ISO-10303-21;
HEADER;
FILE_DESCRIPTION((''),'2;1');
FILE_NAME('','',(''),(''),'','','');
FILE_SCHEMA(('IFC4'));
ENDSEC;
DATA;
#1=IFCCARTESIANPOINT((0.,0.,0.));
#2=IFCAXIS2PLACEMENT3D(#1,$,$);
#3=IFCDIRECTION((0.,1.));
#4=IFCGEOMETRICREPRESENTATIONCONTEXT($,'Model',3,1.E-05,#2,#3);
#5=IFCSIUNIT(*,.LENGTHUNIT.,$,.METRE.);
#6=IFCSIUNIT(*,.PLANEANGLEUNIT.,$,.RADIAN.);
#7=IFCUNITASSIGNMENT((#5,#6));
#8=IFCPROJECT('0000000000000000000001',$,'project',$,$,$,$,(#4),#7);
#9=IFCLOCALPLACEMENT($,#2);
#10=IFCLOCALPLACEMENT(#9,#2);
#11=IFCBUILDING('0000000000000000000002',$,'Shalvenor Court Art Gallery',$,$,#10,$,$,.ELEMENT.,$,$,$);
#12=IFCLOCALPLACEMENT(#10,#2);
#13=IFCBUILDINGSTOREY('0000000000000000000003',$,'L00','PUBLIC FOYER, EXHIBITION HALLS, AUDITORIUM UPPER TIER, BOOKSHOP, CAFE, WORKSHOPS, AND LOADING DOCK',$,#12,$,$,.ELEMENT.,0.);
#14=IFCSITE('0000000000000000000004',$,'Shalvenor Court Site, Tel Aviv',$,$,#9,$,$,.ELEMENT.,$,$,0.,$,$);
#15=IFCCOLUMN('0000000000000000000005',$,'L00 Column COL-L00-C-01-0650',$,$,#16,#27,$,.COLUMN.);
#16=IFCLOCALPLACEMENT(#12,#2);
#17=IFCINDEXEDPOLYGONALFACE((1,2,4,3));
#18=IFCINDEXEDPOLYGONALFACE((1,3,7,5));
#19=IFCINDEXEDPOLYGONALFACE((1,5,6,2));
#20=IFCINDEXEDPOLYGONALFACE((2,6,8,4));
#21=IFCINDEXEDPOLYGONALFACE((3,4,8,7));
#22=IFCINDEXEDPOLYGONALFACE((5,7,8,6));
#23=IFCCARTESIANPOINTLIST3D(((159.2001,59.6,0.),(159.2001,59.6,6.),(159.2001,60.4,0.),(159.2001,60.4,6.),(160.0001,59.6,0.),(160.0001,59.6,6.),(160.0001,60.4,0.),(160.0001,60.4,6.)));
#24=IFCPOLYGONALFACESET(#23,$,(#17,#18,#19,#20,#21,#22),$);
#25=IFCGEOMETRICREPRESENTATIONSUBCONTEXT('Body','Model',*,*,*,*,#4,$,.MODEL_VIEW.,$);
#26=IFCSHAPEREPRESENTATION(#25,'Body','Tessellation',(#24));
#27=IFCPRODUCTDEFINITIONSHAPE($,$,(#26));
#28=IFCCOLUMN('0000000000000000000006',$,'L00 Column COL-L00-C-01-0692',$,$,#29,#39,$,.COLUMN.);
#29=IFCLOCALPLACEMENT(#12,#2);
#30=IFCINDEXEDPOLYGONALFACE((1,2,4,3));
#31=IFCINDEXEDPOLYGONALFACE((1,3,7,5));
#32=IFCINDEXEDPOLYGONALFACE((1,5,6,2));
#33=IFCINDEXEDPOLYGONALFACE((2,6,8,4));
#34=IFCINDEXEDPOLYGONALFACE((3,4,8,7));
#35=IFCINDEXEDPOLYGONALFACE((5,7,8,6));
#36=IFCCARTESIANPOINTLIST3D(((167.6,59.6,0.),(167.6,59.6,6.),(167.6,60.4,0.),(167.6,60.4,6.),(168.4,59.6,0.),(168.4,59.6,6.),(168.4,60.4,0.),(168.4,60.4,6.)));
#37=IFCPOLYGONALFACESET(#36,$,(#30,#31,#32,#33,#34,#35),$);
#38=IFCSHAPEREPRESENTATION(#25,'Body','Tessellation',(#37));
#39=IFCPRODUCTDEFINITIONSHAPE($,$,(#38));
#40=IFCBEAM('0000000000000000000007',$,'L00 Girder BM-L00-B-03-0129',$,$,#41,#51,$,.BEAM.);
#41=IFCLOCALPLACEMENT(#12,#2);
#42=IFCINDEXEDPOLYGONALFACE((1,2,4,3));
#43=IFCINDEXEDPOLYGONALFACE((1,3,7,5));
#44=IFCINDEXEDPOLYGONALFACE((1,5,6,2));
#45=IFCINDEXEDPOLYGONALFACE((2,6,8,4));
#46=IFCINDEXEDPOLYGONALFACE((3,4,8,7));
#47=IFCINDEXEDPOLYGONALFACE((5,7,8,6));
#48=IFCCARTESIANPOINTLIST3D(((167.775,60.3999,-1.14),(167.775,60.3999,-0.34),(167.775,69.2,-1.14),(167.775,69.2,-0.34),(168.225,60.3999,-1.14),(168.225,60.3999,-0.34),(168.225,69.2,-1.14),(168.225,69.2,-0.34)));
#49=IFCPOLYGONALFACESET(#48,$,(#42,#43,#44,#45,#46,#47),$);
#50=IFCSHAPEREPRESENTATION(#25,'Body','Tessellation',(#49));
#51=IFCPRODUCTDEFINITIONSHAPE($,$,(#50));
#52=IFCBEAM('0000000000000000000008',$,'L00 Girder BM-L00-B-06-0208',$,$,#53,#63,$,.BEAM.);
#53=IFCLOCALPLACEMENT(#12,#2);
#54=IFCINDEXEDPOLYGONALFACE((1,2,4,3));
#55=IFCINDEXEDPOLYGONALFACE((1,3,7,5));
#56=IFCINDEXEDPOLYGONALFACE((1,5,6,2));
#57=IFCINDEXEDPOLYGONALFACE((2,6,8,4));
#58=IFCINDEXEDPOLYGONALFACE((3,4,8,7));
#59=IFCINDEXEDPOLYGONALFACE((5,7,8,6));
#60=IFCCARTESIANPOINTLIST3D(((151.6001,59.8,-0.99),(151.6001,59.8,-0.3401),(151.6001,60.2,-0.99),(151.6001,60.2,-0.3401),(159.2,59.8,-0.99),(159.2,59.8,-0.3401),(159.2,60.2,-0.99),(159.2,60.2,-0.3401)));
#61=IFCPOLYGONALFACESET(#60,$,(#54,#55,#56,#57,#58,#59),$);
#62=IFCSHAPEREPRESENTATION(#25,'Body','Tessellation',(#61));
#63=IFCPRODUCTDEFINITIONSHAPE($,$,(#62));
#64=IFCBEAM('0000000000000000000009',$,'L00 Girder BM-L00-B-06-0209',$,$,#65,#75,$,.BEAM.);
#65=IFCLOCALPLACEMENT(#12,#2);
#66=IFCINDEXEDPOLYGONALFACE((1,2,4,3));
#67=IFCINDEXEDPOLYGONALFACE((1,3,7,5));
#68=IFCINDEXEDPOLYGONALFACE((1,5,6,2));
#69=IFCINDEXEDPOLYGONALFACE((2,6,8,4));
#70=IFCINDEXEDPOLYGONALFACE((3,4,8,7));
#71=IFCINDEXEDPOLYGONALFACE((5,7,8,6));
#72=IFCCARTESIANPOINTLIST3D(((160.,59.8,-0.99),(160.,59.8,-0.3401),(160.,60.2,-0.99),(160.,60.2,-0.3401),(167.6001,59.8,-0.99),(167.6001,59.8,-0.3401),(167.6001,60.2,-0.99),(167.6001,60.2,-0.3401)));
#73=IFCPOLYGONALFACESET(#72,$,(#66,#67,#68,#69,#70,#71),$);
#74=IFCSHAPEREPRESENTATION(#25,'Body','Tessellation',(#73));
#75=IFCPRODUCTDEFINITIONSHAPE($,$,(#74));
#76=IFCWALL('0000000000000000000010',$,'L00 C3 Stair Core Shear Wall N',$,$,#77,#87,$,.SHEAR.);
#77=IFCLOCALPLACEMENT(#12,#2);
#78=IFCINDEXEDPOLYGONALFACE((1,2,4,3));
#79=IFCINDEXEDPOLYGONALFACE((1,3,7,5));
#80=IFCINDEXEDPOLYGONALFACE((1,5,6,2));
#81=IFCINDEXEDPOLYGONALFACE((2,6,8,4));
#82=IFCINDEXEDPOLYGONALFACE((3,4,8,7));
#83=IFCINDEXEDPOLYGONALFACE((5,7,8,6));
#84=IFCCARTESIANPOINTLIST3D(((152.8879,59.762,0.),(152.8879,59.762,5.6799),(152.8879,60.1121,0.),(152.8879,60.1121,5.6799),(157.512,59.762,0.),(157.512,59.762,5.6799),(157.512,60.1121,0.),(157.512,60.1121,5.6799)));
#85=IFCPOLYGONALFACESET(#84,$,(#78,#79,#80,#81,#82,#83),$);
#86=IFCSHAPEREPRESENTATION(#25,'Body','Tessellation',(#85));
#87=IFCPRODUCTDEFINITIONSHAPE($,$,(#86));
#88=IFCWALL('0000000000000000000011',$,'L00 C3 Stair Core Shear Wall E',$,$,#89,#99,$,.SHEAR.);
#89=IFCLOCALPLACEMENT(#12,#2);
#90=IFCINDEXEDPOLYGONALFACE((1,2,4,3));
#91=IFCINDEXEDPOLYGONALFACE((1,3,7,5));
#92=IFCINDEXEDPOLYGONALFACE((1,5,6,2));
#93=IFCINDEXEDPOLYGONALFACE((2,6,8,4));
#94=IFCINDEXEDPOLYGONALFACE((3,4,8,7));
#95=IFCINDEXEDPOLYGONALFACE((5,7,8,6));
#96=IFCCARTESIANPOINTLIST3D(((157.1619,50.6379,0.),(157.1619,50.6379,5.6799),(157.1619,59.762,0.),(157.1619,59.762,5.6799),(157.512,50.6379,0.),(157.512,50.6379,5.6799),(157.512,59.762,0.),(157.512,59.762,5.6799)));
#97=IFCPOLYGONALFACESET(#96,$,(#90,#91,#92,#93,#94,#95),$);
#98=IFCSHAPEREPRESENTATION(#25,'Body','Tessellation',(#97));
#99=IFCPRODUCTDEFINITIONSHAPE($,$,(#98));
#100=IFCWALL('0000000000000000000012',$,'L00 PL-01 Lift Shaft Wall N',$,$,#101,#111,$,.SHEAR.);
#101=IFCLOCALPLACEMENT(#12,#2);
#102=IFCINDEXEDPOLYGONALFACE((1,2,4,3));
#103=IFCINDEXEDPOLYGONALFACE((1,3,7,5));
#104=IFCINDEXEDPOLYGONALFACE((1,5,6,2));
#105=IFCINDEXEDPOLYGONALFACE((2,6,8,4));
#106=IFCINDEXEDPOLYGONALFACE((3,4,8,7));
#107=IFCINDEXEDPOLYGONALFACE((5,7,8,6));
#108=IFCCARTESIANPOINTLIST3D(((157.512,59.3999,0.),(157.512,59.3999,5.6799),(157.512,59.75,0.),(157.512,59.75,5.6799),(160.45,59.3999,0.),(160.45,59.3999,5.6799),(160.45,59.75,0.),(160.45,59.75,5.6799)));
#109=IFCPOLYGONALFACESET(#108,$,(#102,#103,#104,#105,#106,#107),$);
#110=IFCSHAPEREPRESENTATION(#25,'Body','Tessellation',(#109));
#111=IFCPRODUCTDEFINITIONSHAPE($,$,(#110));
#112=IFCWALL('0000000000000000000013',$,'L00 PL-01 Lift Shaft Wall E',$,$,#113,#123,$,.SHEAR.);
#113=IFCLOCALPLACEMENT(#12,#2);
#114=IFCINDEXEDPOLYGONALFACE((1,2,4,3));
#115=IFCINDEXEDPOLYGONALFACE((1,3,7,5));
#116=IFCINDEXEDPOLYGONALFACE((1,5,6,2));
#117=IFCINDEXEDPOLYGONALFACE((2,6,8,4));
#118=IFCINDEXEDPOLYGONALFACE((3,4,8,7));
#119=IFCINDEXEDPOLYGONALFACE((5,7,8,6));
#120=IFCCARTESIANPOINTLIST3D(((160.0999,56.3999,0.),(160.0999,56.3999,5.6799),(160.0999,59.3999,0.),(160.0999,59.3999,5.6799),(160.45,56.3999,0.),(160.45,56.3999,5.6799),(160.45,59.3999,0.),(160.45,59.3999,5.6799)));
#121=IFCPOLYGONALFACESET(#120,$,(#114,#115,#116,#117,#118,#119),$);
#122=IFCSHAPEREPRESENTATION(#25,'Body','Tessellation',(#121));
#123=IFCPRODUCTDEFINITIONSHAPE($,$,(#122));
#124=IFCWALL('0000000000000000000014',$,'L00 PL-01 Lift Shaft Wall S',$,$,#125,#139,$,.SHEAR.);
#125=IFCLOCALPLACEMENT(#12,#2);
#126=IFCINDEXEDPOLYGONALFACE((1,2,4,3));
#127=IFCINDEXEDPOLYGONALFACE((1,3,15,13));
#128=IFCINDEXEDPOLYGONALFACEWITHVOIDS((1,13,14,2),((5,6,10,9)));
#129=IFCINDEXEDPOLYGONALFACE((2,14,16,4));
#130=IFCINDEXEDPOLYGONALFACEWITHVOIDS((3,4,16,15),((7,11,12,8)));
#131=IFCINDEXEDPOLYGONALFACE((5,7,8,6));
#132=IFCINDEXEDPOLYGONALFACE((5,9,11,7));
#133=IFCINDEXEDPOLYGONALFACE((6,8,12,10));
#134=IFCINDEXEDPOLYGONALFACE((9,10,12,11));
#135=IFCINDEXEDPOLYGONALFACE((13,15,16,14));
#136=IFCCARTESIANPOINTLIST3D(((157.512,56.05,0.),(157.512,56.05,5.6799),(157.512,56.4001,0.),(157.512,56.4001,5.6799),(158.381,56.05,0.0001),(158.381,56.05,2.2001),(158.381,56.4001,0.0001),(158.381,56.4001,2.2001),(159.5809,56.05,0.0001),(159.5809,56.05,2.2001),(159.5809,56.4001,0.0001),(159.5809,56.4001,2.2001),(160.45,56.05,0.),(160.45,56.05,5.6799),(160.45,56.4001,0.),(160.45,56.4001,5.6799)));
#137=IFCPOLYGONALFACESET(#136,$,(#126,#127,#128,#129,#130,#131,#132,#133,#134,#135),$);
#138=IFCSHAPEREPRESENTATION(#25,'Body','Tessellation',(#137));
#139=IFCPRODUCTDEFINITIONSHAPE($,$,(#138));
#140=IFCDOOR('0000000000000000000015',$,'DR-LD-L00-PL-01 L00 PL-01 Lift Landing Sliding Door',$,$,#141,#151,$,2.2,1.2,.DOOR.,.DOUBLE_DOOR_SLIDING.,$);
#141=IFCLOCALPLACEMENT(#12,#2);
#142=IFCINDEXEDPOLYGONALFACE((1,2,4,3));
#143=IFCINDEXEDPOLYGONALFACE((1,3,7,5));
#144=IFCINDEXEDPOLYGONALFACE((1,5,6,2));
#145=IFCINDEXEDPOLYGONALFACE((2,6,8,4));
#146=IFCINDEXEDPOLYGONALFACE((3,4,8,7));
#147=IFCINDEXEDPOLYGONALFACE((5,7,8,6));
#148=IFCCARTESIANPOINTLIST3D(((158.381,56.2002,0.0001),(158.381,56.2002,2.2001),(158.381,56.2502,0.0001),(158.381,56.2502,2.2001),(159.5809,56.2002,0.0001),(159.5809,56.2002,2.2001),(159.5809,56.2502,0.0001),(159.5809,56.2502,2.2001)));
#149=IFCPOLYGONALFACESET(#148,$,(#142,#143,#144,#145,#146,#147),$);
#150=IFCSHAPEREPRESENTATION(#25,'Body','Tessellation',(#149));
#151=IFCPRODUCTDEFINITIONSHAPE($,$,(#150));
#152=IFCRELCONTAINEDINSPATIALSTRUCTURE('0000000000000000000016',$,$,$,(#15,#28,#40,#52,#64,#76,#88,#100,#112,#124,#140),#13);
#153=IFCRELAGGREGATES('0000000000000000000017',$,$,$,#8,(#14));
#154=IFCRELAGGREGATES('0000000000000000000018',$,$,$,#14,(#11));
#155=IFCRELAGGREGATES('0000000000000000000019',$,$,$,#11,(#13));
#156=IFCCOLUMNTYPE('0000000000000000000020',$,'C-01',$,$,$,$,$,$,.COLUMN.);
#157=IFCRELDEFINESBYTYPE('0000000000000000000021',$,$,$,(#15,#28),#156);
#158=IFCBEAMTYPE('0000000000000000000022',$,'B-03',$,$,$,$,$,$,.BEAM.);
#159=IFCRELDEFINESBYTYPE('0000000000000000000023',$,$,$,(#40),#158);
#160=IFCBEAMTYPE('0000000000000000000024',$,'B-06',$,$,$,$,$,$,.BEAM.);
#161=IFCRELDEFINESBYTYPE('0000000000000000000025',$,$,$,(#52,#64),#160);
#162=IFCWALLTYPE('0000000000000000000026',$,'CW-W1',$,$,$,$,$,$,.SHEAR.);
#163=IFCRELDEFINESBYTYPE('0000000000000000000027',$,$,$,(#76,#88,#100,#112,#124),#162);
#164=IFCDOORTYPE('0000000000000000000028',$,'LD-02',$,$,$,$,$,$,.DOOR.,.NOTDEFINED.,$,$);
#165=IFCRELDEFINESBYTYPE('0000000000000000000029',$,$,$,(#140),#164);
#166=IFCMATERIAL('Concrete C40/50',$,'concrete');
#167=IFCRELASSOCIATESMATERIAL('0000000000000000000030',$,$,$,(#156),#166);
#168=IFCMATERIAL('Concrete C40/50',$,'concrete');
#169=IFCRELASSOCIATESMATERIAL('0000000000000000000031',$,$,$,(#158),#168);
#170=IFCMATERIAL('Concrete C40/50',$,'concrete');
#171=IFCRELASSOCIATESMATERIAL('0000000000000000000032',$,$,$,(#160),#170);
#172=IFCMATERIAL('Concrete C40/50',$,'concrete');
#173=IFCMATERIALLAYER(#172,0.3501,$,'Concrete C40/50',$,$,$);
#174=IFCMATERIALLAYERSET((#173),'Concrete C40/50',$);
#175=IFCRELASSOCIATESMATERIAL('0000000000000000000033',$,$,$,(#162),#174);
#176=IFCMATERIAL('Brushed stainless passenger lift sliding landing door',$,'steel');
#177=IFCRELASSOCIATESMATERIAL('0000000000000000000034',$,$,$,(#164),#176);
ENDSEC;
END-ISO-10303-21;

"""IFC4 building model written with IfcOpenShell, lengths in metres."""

from ifc_helpers import new_model, si_unit, direction, frame, frame_2d, origin, origin_2d, place, context, subcontext, project, spatial, rectangle, extrude, material, layer, layer_set, material_profile, profile_set, type_object, element, fill, save


model = new_model("IFC4")

# Units and contexts
model_context = context("Model", 3, precision=1e-05, world=origin(), true_north=direction((0.0, 1.0)))
body_context = subcontext(model_context, "Body", "Model", "MODEL_VIEW")
ifc_project = project(units=[si_unit("LENGTHUNIT", "METRE"), si_unit("PLANEANGLEUNIT", "RADIAN")], contexts=[model_context])

# Site, building, storey
site_placement = place(None, origin())
site = spatial("IfcSite", under=ifc_project, at=site_placement, Name="Shalvenor Court Site, Tel Aviv", CompositionType="ELEMENT", RefElevation=0.0)
building_placement = place(site_placement, origin())
building = spatial("IfcBuilding", under=site, at=building_placement, Name="Shalvenor Court Art Gallery", CompositionType="ELEMENT")
storey_placement = place(building_placement, origin())
storey = spatial("IfcBuildingStorey", under=building, at=storey_placement, Name="L00", Description="PUBLIC FOYER, EXHIBITION HALLS, AUDITORIUM UPPER TIER, BOOKSHOP, CAFE, WORKSHOPS, AND LOADING DOCK", CompositionType="ELEMENT", Elevation=0.0)

# Columns
ifc_material_1 = material(Name="Concrete C40/50", Category="concrete")
ifc_material_profile_1 = material_profile(ifc_material_1, rectangle(XDim=0.8, YDim=0.8, at=origin_2d()), Name="RC 800x800")
ifc_profile_set_1 = profile_set([ifc_material_profile_1], Name="Concrete C40/50")
column_type = type_object("IfcColumnType", Name="C-01", PredefinedType="COLUMN", material=ifc_profile_set_1)
for number, where, z_axis, x_axis, name in (
    (1, (159.6001, 60.0, 0.0), (0.0, 0.0, 1.0), (1.0, 0.0, 0.0), "L00 Column COL-L00-C-01-0650"),
    (2, (168.0, 60.0, 0.0), (0.0, 0.0, 1.0), (1.0, 0.0, 0.0), "L00 Column COL-L00-C-01-0692"),
):
    element("IfcColumn", number, at=place(storey_placement, frame(where, z_axis=z_axis, x_axis=x_axis)), inside=storey, type_object=column_type, Name=name, PredefinedType="COLUMN", context=body_context, shape_type="SweptSolid", body=[
        extrude(rectangle(XDim=0.8, YDim=0.8, at=origin_2d()), origin(), (0.0, 0.0, 1.0), 6.0),
    ])

# Beams
ifc_material_2 = material(Name="Concrete C40/50", Category="concrete")
ifc_material_profile_2 = material_profile(ifc_material_2, rectangle(XDim=0.45, YDim=0.8, at=origin_2d()), Name="RC 450x800")
ifc_profile_set_2 = profile_set([ifc_material_profile_2], Name="Concrete C40/50")
beam_type_1 = type_object("IfcBeamType", Name="B-03", PredefinedType="BEAM", material=ifc_profile_set_2)
beam_1_placement = place(storey_placement, frame((168.0, 60.3999, -0.74), z_axis=(0.0, 1.0, 0.0), x_axis=(-1.0, 0.0, 0.0)))
element("IfcBeam", 3, at=beam_1_placement, inside=storey, type_object=beam_type_1, Name="L00 Girder BM-L00-B-03-0129", PredefinedType="BEAM", context=body_context, shape_type="SweptSolid", body=[
    extrude(rectangle(XDim=0.45, YDim=0.8, at=origin_2d()), origin(), (0.0, 0.0, 1.0), 8.8),
])
ifc_material_3 = material(Name="Concrete C40/50", Category="concrete")
ifc_material_profile_3 = material_profile(ifc_material_3, rectangle(XDim=0.3999, YDim=0.6499, at=origin_2d()), Name="RC 400x650")
ifc_profile_set_3 = profile_set([ifc_material_profile_3], Name="Concrete C40/50")
beam_type_2 = type_object("IfcBeamType", Name="B-06", PredefinedType="BEAM", material=ifc_profile_set_3)
beam_2_placement = place(storey_placement, frame((151.6001, 60.0, -0.665), z_axis=(1.0, 0.0, 0.0), x_axis=(0.0, 1.0, 0.0)))
element("IfcBeam", 4, at=beam_2_placement, inside=storey, type_object=beam_type_2, Name="L00 Girder BM-L00-B-06-0208", PredefinedType="BEAM", context=body_context, shape_type="SweptSolid", body=[
    extrude(rectangle(XDim=0.3999, YDim=0.6499, at=origin_2d()), origin(), (0.0, 0.0, 1.0), 7.5999),
])
beam_3_placement = place(storey_placement, frame((160.0, 60.0, -0.665), z_axis=(1.0, 0.0, 0.0), x_axis=(0.0, 1.0, 0.0)))
element("IfcBeam", 5, at=beam_3_placement, inside=storey, type_object=beam_type_2, Name="L00 Girder BM-L00-B-06-0209", PredefinedType="BEAM", context=body_context, shape_type="SweptSolid", body=[
    extrude(rectangle(XDim=0.3999, YDim=0.6499, at=origin_2d()), origin(), (0.0, 0.0, 1.0), 7.6001),
])

# Walls
ifc_material_4 = material(Name="Concrete C40/50", Category="concrete")
ifc_layer_1 = layer(ifc_material_4, 0.3501, Name="Concrete C40/50")
ifc_layer_set_1 = layer_set([ifc_layer_1], Name="Concrete C40/50")
wall_type_1 = type_object("IfcWallType", Name="CW-W1", PredefinedType="SHEAR", material=ifc_layer_set_1)
wall_1_placement = place(storey_placement, frame((152.8879, 59.937, 0.0), z_axis=(0.0, 0.0, 1.0), x_axis=(1.0, 0.0, 0.0)))
element("IfcWall", 6, at=wall_1_placement, inside=storey, type_object=wall_type_1, Name="L00 C3 Stair Core Shear Wall N", PredefinedType="SHEAR", context=body_context, shape_type="SweptSolid", body=[
    extrude(rectangle(XDim=4.624, YDim=0.3501, at=frame_2d((2.312, 0.0))), origin(), (0.0, 0.0, 1.0), 5.6799),
])
wall_2_placement = place(storey_placement, frame((157.3369, 59.762, 0.0), z_axis=(0.0, 0.0, 1.0), x_axis=(0.0, -1.0, 0.0)))
element("IfcWall", 7, at=wall_2_placement, inside=storey, type_object=wall_type_1, Name="L00 C3 Stair Core Shear Wall E", PredefinedType="SHEAR", context=body_context, shape_type="SweptSolid", body=[
    extrude(rectangle(XDim=9.124, YDim=0.3501, at=frame_2d((4.562, 0.0))), origin(), (0.0, 0.0, 1.0), 5.6799),
])
wall_3_placement = place(storey_placement, frame((157.512, 59.575, 0.0), z_axis=(0.0, 0.0, 1.0), x_axis=(1.0, 0.0, 0.0)))
element("IfcWall", 8, at=wall_3_placement, inside=storey, type_object=wall_type_1, Name="L00 PL-01 Lift Shaft Wall N", PredefinedType="SHEAR", context=body_context, shape_type="SweptSolid", body=[
    extrude(rectangle(XDim=2.938, YDim=0.3501, at=frame_2d((1.469, 0.0))), origin(), (0.0, 0.0, 1.0), 5.6799),
])
wall_4_placement = place(storey_placement, frame((160.2749, 59.3999, 0.0), z_axis=(0.0, 0.0, 1.0), x_axis=(0.0, -1.0, 0.0)))
element("IfcWall", 9, at=wall_4_placement, inside=storey, type_object=wall_type_1, Name="L00 PL-01 Lift Shaft Wall E", PredefinedType="SHEAR", context=body_context, shape_type="SweptSolid", body=[
    extrude(rectangle(XDim=3.0, YDim=0.3501, at=frame_2d((1.5, 0.0))), origin(), (0.0, 0.0, 1.0), 5.6799),
])

# Wall, opening, door
wall_5_placement = place(storey_placement, frame((160.45, 56.2251, 0.0), z_axis=(0.0, 0.0, 1.0), x_axis=(-1.0, 0.0, 0.0)))
wall_5 = element("IfcWall", 10, at=wall_5_placement, inside=storey, type_object=wall_type_1, Name="L00 PL-01 Lift Shaft Wall S", PredefinedType="SHEAR", context=body_context, shape_type="SweptSolid", body=[
    extrude(rectangle(XDim=2.938, YDim=0.3501, at=frame_2d((1.469, 0.0))), origin(), (0.0, 0.0, 1.0), 5.6799),
])
opening_1_placement = place(wall_5_placement, frame((0.8689, 0.0, 0.0)))
opening_1 = element("IfcOpeningElement", 11, at=opening_1_placement, cuts=wall_5, PredefinedType="OPENING", context=body_context, shape_type="SweptSolid", body=[
    extrude(rectangle(XDim=1.2, YDim=2.2, at=frame_2d((0.6001, 1.1001))), frame((0.0, 0.1851, 0.0), z_axis=(0.0, -1.0, 0.0), x_axis=(1.0, 0.0, 0.0)), (0.0, 0.0, 1.0), 0.3701),
])
ifc_material_5 = material(Name="Brushed stainless passenger lift sliding landing door", Category="steel")
door_type_1 = type_object("IfcDoorType", Name="LD-02", OperationType="NOTDEFINED", PredefinedType="DOOR", material=ifc_material_5)
door_1_placement = place(opening_1_placement, origin())
door_1 = element("IfcDoor", 12, at=door_1_placement, inside=storey, type_object=door_type_1, Name="DR-LD-L00-PL-01 L00 PL-01 Lift Landing Sliding Door", OperationType="DOUBLE_DOOR_SLIDING", OverallHeight=2.2, OverallWidth=1.2, PredefinedType="DOOR", context=body_context, shape_type="SweptSolid", body=[
    extrude(rectangle(XDim=1.2, YDim=2.2, at=frame_2d((0.6001, 1.1001))), frame((0.0, 0.0249, 0.0), z_axis=(0.0, -1.0, 0.0), x_axis=(1.0, 0.0, 0.0)), (0.0, 0.0, 1.0), 0.05),
])
fill(opening_1, door_1)

save(model, "model.ifc")
